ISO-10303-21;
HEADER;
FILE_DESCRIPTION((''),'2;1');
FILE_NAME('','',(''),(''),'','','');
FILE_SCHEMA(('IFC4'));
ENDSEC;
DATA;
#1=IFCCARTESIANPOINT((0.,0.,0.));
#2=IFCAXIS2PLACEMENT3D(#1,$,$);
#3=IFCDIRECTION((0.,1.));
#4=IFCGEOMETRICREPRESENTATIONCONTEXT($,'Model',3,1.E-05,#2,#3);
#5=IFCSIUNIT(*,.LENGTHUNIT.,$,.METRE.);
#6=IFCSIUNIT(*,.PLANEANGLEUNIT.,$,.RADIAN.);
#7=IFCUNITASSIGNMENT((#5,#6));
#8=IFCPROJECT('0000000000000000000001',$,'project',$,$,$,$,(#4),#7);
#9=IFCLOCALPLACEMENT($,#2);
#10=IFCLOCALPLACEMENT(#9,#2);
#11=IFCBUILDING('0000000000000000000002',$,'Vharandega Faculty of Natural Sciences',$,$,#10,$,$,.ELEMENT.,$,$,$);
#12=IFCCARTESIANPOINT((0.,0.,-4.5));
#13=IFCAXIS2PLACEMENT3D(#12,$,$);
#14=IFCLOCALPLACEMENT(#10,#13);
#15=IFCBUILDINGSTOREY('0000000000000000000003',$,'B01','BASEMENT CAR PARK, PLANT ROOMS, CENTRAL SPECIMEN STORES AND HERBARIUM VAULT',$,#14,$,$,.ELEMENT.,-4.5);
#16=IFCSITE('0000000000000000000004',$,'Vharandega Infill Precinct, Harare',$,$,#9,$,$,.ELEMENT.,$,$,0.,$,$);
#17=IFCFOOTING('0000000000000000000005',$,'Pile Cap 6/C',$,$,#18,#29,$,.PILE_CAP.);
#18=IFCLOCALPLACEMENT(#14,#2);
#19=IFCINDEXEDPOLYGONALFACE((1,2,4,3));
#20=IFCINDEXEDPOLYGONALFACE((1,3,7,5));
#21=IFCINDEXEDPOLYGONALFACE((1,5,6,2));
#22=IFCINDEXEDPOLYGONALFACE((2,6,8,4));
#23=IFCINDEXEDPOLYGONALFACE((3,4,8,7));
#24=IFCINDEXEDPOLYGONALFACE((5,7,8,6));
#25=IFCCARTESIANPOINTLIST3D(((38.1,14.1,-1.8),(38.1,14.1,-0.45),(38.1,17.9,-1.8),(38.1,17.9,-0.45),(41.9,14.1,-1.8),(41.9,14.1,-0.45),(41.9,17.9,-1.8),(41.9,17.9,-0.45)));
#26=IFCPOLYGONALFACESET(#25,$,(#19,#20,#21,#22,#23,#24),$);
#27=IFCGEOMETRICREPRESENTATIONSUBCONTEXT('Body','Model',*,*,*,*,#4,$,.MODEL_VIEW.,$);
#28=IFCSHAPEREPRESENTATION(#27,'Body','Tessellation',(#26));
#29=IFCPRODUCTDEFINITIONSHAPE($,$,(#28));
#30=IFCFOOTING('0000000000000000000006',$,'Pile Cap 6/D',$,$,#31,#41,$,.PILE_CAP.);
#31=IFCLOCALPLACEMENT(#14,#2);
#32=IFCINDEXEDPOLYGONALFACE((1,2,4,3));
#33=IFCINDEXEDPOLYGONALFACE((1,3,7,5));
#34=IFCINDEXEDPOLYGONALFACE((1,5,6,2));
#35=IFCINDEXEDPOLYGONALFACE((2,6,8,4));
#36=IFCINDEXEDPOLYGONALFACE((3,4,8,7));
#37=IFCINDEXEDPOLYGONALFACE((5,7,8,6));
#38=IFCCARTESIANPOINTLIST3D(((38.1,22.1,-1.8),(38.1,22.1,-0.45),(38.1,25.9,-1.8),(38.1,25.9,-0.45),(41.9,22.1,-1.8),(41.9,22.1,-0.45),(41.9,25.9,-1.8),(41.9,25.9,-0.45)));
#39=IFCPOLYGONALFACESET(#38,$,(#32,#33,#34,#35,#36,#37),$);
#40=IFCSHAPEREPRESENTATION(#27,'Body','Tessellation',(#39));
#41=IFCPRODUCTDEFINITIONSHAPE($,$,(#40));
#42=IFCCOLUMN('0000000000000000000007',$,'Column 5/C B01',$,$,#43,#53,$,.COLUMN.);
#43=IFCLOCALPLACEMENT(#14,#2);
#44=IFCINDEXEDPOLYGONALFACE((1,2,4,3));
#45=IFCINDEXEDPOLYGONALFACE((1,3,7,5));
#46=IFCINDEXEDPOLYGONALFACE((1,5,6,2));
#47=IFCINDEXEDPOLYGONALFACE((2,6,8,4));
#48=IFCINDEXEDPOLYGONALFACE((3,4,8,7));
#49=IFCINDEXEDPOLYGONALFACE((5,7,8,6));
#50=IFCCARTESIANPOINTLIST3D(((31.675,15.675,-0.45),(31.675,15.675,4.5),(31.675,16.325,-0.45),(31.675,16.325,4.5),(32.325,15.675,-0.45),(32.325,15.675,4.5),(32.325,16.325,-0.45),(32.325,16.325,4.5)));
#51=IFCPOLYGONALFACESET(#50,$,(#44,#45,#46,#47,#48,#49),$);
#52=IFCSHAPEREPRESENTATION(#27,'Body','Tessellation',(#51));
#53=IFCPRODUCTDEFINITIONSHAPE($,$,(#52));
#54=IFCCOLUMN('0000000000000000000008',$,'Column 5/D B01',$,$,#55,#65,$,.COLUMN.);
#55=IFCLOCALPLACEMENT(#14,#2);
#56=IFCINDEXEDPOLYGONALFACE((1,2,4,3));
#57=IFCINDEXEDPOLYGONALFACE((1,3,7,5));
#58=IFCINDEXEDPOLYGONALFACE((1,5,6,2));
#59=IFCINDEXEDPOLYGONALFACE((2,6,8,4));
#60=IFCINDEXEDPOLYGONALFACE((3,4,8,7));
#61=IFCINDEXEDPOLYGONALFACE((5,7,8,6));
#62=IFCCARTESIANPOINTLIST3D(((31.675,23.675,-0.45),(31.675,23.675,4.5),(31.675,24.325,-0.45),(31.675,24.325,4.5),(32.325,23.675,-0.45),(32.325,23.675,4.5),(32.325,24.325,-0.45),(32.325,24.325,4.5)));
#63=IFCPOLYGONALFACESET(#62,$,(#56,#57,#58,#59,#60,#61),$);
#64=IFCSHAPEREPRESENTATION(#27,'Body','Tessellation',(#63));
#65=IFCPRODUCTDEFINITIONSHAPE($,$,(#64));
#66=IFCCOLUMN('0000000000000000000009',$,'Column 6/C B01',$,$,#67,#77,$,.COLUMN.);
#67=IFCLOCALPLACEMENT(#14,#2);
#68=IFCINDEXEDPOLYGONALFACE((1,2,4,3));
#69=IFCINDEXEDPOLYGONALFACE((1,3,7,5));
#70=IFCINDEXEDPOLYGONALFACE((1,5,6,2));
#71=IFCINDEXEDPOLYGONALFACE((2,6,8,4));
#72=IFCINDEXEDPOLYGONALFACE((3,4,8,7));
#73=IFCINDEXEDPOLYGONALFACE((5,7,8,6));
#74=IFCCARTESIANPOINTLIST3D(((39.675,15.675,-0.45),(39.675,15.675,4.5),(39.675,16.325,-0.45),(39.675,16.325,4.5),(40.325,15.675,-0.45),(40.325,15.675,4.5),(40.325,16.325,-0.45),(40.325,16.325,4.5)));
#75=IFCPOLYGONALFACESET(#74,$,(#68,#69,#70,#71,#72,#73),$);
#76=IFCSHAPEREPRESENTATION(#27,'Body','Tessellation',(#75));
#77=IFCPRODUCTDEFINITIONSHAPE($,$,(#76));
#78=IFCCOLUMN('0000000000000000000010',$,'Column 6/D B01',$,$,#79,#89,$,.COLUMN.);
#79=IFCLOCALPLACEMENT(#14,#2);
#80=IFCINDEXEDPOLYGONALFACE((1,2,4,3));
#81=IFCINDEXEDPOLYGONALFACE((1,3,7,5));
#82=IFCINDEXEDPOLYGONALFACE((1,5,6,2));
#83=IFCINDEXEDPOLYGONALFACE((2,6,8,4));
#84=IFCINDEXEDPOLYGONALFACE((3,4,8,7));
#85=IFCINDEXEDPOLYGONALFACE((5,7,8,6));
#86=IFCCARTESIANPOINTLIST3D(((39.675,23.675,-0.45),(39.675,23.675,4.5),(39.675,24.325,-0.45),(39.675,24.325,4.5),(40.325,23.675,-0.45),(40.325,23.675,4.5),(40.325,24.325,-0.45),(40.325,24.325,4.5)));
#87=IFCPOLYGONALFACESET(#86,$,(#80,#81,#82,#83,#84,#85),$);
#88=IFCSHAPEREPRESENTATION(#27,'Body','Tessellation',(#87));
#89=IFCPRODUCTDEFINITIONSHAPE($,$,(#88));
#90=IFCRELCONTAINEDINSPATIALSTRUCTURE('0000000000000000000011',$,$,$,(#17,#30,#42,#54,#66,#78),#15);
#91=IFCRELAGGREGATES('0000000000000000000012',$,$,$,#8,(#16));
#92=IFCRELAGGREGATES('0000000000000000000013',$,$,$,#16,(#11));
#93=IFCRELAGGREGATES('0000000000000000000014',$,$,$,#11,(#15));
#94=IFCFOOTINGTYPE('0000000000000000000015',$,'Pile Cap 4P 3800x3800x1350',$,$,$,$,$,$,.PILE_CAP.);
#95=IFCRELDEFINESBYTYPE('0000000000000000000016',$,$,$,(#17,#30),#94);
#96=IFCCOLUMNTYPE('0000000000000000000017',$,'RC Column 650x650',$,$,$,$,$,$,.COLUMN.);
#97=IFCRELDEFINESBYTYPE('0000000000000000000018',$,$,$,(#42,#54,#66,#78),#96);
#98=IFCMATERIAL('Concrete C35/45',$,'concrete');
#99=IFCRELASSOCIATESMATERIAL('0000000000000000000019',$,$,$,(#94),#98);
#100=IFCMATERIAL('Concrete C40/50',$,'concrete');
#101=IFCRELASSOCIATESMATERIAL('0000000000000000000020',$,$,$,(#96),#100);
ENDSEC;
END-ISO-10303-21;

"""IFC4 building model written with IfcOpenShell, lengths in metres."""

from ifc_helpers import new_model, si_unit, direction, frame, origin, origin_2d, place, context, subcontext, project, spatial, rectangle, extrude, material, material_profile, profile_set, type_object, element, save


model = new_model("IFC4")

# Units and contexts
model_context = context("Model", 3, precision=1e-05, world=origin(), true_north=direction((0.0, 1.0)))
body_context = subcontext(model_context, "Body", "Model", "MODEL_VIEW")
ifc_project = project(units=[si_unit("LENGTHUNIT", "METRE"), si_unit("PLANEANGLEUNIT", "RADIAN")], contexts=[model_context])

# Site, building, storey
site_placement = place(None, origin())
site = spatial("IfcSite", under=ifc_project, at=site_placement, Name="Vharandega Infill Precinct, Harare", CompositionType="ELEMENT", RefElevation=0.0)
building_placement = place(site_placement, origin())
building = spatial("IfcBuilding", under=site, at=building_placement, Name="Vharandega Faculty of Natural Sciences", CompositionType="ELEMENT")
storey_placement = place(building_placement, frame((0.0, 0.0, -4.5)))
storey = spatial("IfcBuildingStorey", under=building, at=storey_placement, Name="B01", Description="BASEMENT CAR PARK, PLANT ROOMS, CENTRAL SPECIMEN STORES AND HERBARIUM VAULT", CompositionType="ELEMENT", Elevation=-4.5)

# Footings
ifc_material_1 = material(Name="Concrete C35/45", Category="concrete")
footing_type_1 = type_object("IfcFootingType", Name="Pile Cap 4P 3800x3800x1350", PredefinedType="PILE_CAP", material=ifc_material_1)
for number, where, z_axis, x_axis, name in (
    (1, (40.0, 16.0, -1.8), (0.0, 0.0, 1.0), (1.0, 0.0, 0.0), "Pile Cap 6/C"),
    (2, (40.0, 24.0, -1.8), (0.0, 0.0, 1.0), (1.0, 0.0, 0.0), "Pile Cap 6/D"),
):
    element("IfcFooting", number, at=place(storey_placement, frame(where, z_axis=z_axis, x_axis=x_axis)), inside=storey, type_object=footing_type_1, Name=name, PredefinedType="PILE_CAP", context=body_context, shape_type="SweptSolid", body=[
        extrude(rectangle(XDim=3.8, YDim=3.8, at=origin_2d()), origin(), (0.0, 0.0, 1.0), 1.3501),
    ])

# Columns
ifc_material_2 = material(Name="Concrete C40/50", Category="concrete")
ifc_material_profile_1 = material_profile(ifc_material_2, rectangle(XDim=0.6499, YDim=0.6499, at=origin_2d()), Name="RC 650x650")
ifc_profile_set_1 = profile_set([ifc_material_profile_1], Name="Concrete C40/50")
column_type = type_object("IfcColumnType", Name="RC Column 650x650", PredefinedType="COLUMN", material=ifc_profile_set_1)
for number, where, z_axis, x_axis, name in (
    (3, (32.0, 16.0, -0.45), (0.0, 0.0, 1.0), (1.0, 0.0, 0.0), "Column 5/C B01"),
    (4, (32.0, 24.0, -0.45), (0.0, 0.0, 1.0), (1.0, 0.0, 0.0), "Column 5/D B01"),
    (5, (40.0, 16.0, -0.45), (0.0, 0.0, 1.0), (1.0, 0.0, 0.0), "Column 6/C B01"),
    (6, (40.0, 24.0, -0.45), (0.0, 0.0, 1.0), (1.0, 0.0, 0.0), "Column 6/D B01"),
):
    element("IfcColumn", number, at=place(storey_placement, frame(where, z_axis=z_axis, x_axis=x_axis)), inside=storey, type_object=column_type, Name=name, PredefinedType="COLUMN", context=body_context, shape_type="SweptSolid", body=[
        extrude(rectangle(XDim=0.6499, YDim=0.6499, at=origin_2d()), origin(), (0.0, 0.0, 1.0), 4.95),
    ])

save(model, "model.ifc")
